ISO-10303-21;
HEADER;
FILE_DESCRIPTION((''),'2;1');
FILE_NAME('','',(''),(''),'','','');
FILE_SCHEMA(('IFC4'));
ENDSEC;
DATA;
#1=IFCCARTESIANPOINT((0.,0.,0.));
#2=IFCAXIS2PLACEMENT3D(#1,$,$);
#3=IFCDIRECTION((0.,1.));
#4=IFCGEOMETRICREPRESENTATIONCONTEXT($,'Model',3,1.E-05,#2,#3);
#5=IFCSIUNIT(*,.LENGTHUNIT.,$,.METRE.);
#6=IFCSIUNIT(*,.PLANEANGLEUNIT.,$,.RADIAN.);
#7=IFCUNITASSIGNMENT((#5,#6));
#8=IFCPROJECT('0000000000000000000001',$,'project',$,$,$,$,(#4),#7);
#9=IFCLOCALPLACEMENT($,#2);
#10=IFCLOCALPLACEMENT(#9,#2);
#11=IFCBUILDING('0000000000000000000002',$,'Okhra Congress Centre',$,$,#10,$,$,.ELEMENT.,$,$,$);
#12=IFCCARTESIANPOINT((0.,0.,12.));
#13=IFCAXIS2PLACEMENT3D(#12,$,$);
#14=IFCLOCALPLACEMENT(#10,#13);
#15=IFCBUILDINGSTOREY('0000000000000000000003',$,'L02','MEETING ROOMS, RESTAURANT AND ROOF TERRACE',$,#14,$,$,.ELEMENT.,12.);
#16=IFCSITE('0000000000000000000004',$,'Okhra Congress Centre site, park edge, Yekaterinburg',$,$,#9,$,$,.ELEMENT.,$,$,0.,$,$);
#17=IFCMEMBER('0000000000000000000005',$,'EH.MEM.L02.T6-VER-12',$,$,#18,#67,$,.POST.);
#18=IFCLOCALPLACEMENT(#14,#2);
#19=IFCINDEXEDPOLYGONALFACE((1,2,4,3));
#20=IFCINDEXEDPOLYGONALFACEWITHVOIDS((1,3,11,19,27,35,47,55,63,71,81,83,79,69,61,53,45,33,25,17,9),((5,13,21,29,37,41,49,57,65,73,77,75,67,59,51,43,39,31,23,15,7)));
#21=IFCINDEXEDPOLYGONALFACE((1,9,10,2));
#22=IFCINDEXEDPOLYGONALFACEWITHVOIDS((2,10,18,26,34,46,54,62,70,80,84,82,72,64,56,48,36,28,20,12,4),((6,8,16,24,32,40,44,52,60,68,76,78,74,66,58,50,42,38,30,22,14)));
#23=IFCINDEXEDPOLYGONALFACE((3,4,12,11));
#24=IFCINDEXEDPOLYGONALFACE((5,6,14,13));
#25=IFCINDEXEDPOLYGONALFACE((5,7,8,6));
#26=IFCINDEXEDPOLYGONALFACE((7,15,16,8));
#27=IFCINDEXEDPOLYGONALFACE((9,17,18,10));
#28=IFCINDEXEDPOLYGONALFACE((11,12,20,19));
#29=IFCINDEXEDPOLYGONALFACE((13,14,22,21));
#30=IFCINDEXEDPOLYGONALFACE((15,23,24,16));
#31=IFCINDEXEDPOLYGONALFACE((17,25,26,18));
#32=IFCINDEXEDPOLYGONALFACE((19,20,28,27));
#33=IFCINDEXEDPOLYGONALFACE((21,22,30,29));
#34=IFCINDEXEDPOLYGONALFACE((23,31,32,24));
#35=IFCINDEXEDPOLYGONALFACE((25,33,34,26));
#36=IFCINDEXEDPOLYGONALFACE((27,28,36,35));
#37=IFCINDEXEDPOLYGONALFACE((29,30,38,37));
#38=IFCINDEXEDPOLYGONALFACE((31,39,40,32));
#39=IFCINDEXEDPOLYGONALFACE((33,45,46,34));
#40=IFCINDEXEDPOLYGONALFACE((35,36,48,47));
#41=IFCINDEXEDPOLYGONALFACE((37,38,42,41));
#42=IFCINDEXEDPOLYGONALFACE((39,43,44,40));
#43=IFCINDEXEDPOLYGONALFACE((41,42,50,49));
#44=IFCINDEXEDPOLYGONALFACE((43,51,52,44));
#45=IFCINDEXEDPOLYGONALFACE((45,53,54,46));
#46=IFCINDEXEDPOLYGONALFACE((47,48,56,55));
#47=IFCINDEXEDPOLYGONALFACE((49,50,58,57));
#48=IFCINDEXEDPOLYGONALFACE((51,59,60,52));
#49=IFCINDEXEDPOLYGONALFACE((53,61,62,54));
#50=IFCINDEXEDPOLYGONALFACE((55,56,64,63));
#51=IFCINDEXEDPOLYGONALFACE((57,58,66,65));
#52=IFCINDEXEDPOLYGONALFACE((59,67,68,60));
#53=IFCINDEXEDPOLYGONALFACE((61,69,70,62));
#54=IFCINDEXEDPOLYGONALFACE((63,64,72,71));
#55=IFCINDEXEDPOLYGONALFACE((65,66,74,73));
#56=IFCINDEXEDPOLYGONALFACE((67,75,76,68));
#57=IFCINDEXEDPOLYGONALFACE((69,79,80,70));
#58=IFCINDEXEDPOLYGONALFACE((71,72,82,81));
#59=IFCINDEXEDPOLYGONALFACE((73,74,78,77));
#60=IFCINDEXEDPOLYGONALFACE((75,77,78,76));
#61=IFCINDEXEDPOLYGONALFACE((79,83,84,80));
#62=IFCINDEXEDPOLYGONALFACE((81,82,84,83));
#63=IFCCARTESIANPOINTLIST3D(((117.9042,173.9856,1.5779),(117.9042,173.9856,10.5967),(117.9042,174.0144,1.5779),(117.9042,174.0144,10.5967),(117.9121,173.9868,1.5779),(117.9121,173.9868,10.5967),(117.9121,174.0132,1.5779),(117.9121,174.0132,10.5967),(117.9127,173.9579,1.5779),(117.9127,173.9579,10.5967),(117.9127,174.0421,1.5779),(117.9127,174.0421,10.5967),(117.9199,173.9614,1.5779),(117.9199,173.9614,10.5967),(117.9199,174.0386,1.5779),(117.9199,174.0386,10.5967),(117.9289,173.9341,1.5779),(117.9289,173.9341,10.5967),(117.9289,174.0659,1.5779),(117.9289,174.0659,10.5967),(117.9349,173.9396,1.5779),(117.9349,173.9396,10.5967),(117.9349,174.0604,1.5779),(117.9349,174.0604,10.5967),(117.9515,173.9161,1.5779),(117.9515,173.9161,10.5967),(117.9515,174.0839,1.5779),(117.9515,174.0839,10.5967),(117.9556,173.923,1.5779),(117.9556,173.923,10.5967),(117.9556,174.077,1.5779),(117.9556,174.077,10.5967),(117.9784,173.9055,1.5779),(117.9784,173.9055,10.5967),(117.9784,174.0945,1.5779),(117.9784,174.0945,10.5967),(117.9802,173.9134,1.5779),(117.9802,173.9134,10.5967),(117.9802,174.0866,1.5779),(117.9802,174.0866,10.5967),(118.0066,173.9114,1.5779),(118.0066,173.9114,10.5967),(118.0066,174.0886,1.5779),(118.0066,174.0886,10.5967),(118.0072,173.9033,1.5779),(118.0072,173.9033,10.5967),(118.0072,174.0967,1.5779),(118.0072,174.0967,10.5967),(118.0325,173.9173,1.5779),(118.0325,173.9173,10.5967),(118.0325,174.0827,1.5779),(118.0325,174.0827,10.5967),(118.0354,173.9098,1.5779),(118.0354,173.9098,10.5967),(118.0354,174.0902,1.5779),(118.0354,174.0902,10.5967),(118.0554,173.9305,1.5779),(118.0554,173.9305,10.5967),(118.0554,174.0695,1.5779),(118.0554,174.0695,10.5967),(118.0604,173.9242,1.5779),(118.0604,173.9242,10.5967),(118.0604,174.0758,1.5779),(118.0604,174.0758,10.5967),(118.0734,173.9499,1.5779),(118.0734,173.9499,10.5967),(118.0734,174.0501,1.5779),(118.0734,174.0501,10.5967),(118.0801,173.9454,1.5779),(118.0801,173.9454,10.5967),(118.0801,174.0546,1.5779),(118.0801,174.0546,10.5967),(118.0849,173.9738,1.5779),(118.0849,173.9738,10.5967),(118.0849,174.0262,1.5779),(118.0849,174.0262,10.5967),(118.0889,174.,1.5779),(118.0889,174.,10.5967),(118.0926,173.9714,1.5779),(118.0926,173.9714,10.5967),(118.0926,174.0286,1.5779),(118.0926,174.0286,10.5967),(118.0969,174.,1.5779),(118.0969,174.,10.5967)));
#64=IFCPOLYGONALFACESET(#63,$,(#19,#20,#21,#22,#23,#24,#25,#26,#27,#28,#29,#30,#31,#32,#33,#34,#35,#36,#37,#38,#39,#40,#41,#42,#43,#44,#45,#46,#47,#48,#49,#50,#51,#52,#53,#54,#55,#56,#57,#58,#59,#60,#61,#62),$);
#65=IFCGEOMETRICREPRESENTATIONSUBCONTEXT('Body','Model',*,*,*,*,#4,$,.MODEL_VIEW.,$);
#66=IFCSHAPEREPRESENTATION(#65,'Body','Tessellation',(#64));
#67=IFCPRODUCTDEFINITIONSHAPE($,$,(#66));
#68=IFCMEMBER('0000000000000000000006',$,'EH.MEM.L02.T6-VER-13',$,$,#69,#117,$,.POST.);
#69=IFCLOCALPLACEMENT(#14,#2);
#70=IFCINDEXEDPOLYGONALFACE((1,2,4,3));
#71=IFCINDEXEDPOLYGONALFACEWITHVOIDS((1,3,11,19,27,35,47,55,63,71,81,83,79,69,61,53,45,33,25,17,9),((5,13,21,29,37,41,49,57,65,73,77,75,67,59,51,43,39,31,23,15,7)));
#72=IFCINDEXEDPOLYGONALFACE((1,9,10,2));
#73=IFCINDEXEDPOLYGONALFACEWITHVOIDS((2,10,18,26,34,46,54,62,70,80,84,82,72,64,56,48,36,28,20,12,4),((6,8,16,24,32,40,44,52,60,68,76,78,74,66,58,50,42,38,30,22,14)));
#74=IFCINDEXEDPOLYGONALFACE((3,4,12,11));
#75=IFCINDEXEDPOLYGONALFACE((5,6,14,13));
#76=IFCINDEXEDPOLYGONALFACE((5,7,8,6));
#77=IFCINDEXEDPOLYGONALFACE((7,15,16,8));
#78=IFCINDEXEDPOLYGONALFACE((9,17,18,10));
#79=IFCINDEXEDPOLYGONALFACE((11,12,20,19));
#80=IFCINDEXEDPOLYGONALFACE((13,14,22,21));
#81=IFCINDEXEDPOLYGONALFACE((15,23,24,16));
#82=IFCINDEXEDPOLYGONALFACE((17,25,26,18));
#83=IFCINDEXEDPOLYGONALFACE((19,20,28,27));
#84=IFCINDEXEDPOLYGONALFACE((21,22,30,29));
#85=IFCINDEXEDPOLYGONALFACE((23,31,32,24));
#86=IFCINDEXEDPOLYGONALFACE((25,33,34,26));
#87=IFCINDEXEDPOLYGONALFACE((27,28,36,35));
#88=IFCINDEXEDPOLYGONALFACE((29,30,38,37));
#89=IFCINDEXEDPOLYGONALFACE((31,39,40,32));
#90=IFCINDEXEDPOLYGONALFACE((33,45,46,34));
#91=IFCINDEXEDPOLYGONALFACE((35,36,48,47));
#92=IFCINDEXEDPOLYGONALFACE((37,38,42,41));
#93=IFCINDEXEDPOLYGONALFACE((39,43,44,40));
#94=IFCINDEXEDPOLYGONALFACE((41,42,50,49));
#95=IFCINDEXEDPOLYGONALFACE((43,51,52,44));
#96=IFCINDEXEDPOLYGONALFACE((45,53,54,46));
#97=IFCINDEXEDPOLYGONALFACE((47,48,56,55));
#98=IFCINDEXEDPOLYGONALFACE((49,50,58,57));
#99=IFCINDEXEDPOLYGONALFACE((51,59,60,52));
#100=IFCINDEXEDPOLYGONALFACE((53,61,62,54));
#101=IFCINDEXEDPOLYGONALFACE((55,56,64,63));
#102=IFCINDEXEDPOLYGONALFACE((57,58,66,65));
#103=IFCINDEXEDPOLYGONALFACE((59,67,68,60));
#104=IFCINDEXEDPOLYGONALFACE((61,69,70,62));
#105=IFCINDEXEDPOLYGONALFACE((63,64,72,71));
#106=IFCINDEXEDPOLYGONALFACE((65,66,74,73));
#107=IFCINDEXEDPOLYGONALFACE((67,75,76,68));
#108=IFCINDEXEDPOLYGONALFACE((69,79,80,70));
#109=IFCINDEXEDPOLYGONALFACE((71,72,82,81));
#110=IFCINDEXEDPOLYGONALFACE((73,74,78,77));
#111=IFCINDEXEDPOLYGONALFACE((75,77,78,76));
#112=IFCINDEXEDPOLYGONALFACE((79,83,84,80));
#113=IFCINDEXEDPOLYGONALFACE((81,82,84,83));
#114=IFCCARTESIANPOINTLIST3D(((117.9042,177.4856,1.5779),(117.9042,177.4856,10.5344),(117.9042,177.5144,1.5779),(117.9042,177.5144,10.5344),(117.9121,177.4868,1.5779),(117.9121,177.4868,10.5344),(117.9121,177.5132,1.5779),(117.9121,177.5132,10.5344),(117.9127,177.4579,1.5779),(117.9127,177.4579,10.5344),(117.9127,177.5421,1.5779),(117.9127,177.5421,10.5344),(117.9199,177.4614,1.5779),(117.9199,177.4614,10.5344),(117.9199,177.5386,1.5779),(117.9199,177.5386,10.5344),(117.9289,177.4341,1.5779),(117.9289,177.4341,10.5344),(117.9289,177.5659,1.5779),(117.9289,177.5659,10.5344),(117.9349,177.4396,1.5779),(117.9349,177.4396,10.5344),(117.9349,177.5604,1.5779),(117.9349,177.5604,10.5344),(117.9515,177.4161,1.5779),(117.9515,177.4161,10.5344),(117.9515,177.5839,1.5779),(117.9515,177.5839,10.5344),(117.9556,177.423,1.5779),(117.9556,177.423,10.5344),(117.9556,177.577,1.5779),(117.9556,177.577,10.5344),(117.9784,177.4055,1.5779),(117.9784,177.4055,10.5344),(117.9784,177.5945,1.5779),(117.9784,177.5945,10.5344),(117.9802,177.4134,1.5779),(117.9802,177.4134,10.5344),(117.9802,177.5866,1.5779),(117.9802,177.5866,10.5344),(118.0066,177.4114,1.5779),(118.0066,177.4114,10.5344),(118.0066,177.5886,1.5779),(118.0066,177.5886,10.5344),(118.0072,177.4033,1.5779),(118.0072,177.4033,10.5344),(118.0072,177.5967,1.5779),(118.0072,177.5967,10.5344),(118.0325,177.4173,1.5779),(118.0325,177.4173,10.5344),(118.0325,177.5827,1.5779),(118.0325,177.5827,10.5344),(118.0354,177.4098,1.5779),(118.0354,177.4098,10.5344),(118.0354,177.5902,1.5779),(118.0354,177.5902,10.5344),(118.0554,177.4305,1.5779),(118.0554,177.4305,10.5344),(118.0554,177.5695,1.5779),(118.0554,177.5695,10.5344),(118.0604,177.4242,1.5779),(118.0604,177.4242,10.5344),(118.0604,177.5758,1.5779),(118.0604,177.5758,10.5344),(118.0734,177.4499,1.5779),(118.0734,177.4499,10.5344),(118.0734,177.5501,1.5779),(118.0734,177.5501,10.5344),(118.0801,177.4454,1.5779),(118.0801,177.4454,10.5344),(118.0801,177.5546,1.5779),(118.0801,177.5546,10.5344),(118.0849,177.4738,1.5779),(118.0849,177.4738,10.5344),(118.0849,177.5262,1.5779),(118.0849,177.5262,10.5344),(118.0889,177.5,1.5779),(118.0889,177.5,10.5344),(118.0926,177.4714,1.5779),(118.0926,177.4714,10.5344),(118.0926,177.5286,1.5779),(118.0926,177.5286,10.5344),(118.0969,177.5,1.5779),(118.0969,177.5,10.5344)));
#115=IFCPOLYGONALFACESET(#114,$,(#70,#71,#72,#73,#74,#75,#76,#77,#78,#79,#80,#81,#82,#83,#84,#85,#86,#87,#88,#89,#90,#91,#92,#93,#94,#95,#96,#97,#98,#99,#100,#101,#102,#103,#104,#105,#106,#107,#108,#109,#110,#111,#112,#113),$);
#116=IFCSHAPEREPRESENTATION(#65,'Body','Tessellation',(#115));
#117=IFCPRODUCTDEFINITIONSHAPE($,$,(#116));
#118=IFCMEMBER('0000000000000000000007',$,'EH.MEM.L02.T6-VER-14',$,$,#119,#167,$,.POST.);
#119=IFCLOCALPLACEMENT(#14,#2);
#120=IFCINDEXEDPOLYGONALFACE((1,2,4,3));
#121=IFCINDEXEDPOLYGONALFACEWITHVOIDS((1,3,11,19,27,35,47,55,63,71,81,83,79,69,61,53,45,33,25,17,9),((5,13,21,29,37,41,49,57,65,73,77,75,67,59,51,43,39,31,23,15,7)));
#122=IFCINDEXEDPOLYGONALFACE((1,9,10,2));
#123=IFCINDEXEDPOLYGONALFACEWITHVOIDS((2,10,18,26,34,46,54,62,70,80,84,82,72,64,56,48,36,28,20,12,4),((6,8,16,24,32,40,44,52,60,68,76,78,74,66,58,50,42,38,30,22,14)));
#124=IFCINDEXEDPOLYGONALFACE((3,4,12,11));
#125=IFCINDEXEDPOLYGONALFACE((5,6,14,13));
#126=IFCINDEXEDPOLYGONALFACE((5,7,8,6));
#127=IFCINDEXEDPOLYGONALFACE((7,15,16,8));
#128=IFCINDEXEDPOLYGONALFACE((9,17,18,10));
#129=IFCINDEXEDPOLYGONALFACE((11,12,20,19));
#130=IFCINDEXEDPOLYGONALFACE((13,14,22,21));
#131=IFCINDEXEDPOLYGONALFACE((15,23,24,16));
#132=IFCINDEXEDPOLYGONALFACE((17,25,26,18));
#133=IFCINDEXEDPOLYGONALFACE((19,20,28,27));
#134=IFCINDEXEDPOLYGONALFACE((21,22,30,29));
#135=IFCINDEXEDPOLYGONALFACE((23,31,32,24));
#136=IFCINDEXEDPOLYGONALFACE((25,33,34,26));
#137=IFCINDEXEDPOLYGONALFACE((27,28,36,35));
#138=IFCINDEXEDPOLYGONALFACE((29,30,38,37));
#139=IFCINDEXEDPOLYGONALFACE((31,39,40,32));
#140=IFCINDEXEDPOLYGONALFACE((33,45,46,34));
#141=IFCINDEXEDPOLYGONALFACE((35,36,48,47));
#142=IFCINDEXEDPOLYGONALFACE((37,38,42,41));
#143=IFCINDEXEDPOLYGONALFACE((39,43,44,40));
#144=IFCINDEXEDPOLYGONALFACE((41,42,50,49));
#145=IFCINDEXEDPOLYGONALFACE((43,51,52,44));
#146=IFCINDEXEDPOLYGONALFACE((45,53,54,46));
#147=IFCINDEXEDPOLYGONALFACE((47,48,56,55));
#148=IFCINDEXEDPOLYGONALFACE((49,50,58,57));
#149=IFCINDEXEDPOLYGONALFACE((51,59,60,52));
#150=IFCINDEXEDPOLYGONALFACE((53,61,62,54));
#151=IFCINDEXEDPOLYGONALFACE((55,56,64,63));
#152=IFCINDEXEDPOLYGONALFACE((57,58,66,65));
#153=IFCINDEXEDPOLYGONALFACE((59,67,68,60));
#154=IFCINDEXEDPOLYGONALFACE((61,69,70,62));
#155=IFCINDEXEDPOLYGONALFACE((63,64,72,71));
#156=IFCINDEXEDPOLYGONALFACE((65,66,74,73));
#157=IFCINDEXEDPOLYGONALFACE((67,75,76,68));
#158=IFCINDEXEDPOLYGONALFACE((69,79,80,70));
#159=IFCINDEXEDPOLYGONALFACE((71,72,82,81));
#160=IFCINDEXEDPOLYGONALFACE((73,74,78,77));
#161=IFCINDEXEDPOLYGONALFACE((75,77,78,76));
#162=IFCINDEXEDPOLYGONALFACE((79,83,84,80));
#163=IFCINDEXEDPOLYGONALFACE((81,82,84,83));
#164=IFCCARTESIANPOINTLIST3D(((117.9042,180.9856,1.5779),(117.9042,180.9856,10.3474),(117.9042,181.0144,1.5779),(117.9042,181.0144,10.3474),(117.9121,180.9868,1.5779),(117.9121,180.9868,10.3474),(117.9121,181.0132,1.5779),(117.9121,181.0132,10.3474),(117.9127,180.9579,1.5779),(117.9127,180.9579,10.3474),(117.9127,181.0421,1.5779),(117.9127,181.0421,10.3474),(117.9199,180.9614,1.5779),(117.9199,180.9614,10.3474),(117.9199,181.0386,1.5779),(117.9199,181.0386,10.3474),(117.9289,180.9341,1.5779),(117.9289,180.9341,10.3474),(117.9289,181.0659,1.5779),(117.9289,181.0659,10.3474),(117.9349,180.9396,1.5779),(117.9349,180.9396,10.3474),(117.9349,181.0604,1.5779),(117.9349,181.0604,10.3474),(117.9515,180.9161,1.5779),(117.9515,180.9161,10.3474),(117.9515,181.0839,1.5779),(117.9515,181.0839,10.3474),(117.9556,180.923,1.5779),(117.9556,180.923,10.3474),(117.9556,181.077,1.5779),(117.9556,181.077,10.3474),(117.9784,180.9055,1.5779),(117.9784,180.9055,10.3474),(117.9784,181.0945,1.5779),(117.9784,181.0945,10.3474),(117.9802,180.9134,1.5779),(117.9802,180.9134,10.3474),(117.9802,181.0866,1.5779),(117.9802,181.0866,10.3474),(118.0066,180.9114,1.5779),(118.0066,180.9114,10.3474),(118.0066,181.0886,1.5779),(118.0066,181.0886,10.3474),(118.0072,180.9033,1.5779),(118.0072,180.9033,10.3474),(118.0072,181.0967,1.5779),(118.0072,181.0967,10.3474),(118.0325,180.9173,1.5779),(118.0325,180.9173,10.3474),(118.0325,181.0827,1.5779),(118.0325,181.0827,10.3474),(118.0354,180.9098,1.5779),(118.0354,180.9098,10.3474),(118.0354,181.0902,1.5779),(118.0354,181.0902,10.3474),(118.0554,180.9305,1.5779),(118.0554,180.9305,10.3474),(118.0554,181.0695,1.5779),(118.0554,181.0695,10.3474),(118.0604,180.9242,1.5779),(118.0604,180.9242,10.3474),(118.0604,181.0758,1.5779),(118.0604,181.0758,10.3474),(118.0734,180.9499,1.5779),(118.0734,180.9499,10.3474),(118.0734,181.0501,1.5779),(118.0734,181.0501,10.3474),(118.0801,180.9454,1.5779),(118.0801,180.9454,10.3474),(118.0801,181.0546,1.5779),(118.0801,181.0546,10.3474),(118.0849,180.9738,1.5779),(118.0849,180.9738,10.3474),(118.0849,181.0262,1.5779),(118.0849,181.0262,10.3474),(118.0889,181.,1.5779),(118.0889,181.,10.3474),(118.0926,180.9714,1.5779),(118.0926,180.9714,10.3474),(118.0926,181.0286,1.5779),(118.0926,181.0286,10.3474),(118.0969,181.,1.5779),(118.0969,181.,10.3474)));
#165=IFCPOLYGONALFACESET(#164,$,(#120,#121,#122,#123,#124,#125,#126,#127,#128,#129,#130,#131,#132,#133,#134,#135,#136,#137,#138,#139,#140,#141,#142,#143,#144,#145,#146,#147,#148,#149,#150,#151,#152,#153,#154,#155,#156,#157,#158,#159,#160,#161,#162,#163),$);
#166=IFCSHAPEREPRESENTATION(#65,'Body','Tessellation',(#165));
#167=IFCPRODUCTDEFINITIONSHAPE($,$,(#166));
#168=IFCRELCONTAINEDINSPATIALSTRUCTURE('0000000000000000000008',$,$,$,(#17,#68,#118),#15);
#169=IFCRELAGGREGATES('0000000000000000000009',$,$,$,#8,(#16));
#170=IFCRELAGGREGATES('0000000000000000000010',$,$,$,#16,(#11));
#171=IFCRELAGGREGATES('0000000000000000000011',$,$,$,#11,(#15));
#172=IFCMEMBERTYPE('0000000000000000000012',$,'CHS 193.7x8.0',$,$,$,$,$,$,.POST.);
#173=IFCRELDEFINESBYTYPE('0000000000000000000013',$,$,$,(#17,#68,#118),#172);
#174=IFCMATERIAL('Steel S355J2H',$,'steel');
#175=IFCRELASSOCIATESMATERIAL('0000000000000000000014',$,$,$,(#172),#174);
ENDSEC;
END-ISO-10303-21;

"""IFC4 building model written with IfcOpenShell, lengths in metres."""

from ifc_helpers import new_model, si_unit, direction, frame, origin, origin_2d, place, context, subcontext, project, spatial, hollow_circle, extrude, material, material_profile, profile_set, type_object, element, save


model = new_model("IFC4")

# Units and contexts
model_context = context("Model", 3, precision=1e-05, world=origin(), true_north=direction((0.0, 1.0)))
body_context = subcontext(model_context, "Body", "Model", "MODEL_VIEW")
ifc_project = project(units=[si_unit("LENGTHUNIT", "METRE"), si_unit("PLANEANGLEUNIT", "RADIAN")], contexts=[model_context])

# Site, building, storey
site_placement = place(None, origin())
site = spatial("IfcSite", under=ifc_project, at=site_placement, Name="Okhra Congress Centre site, park edge, Yekaterinburg", CompositionType="ELEMENT", RefElevation=0.0)
building_placement = place(site_placement, origin())
building = spatial("IfcBuilding", under=site, at=building_placement, Name="Okhra Congress Centre", CompositionType="ELEMENT")
storey_placement = place(building_placement, frame((0.0, 0.0, 12.0)))
storey = spatial("IfcBuildingStorey", under=building, at=storey_placement, Name="L02", Description="MEETING ROOMS, RESTAURANT AND ROOF TERRACE", CompositionType="ELEMENT", Elevation=12.0)

# Members
ifc_material_1 = material(Name="Steel S355J2H", Category="steel")
ifc_material_profile_1 = material_profile(ifc_material_1, hollow_circle(Radius=0.0969, WallThickness=0.0081, at=origin_2d()), Name="CHS 193.7x8.0")
ifc_profile_set_1 = profile_set([ifc_material_profile_1], Name="Steel S355J2H")
member_type_1 = type_object("IfcMemberType", Name="CHS 193.7x8.0", PredefinedType="POST", material=ifc_profile_set_1)
member_1_placement = place(storey_placement, frame((118.0, 174.0, 1.5779), z_axis=(0.0, 0.0, 1.0), x_axis=(1.0, 0.0, 0.0)))
element("IfcMember", 1, at=member_1_placement, inside=storey, type_object=member_type_1, Name="EH.MEM.L02.T6-VER-12", PredefinedType="POST", context=body_context, shape_type="SweptSolid", body=[
    extrude(hollow_circle(Radius=0.0969, WallThickness=0.0081, at=origin_2d()), origin(), (0.0, 0.0, 1.0), 9.0188),
])
member_2_placement = place(storey_placement, frame((118.0, 177.5, 1.5779), z_axis=(0.0, 0.0, 1.0), x_axis=(1.0, 0.0, 0.0)))
element("IfcMember", 2, at=member_2_placement, inside=storey, type_object=member_type_1, Name="EH.MEM.L02.T6-VER-13", PredefinedType="POST", context=body_context, shape_type="SweptSolid", body=[
    extrude(hollow_circle(Radius=0.0969, WallThickness=0.0081, at=origin_2d()), origin(), (0.0, 0.0, 1.0), 8.9565),
])
member_3_placement = place(storey_placement, frame((118.0, 181.0, 1.5779), z_axis=(0.0, 0.0, 1.0), x_axis=(1.0, 0.0, 0.0)))
element("IfcMember", 3, at=member_3_placement, inside=storey, type_object=member_type_1, Name="EH.MEM.L02.T6-VER-14", PredefinedType="POST", context=body_context, shape_type="SweptSolid", body=[
    extrude(hollow_circle(Radius=0.0969, WallThickness=0.0081, at=origin_2d()), origin(), (0.0, 0.0, 1.0), 8.7695),
])

save(model, "model.ifc")
